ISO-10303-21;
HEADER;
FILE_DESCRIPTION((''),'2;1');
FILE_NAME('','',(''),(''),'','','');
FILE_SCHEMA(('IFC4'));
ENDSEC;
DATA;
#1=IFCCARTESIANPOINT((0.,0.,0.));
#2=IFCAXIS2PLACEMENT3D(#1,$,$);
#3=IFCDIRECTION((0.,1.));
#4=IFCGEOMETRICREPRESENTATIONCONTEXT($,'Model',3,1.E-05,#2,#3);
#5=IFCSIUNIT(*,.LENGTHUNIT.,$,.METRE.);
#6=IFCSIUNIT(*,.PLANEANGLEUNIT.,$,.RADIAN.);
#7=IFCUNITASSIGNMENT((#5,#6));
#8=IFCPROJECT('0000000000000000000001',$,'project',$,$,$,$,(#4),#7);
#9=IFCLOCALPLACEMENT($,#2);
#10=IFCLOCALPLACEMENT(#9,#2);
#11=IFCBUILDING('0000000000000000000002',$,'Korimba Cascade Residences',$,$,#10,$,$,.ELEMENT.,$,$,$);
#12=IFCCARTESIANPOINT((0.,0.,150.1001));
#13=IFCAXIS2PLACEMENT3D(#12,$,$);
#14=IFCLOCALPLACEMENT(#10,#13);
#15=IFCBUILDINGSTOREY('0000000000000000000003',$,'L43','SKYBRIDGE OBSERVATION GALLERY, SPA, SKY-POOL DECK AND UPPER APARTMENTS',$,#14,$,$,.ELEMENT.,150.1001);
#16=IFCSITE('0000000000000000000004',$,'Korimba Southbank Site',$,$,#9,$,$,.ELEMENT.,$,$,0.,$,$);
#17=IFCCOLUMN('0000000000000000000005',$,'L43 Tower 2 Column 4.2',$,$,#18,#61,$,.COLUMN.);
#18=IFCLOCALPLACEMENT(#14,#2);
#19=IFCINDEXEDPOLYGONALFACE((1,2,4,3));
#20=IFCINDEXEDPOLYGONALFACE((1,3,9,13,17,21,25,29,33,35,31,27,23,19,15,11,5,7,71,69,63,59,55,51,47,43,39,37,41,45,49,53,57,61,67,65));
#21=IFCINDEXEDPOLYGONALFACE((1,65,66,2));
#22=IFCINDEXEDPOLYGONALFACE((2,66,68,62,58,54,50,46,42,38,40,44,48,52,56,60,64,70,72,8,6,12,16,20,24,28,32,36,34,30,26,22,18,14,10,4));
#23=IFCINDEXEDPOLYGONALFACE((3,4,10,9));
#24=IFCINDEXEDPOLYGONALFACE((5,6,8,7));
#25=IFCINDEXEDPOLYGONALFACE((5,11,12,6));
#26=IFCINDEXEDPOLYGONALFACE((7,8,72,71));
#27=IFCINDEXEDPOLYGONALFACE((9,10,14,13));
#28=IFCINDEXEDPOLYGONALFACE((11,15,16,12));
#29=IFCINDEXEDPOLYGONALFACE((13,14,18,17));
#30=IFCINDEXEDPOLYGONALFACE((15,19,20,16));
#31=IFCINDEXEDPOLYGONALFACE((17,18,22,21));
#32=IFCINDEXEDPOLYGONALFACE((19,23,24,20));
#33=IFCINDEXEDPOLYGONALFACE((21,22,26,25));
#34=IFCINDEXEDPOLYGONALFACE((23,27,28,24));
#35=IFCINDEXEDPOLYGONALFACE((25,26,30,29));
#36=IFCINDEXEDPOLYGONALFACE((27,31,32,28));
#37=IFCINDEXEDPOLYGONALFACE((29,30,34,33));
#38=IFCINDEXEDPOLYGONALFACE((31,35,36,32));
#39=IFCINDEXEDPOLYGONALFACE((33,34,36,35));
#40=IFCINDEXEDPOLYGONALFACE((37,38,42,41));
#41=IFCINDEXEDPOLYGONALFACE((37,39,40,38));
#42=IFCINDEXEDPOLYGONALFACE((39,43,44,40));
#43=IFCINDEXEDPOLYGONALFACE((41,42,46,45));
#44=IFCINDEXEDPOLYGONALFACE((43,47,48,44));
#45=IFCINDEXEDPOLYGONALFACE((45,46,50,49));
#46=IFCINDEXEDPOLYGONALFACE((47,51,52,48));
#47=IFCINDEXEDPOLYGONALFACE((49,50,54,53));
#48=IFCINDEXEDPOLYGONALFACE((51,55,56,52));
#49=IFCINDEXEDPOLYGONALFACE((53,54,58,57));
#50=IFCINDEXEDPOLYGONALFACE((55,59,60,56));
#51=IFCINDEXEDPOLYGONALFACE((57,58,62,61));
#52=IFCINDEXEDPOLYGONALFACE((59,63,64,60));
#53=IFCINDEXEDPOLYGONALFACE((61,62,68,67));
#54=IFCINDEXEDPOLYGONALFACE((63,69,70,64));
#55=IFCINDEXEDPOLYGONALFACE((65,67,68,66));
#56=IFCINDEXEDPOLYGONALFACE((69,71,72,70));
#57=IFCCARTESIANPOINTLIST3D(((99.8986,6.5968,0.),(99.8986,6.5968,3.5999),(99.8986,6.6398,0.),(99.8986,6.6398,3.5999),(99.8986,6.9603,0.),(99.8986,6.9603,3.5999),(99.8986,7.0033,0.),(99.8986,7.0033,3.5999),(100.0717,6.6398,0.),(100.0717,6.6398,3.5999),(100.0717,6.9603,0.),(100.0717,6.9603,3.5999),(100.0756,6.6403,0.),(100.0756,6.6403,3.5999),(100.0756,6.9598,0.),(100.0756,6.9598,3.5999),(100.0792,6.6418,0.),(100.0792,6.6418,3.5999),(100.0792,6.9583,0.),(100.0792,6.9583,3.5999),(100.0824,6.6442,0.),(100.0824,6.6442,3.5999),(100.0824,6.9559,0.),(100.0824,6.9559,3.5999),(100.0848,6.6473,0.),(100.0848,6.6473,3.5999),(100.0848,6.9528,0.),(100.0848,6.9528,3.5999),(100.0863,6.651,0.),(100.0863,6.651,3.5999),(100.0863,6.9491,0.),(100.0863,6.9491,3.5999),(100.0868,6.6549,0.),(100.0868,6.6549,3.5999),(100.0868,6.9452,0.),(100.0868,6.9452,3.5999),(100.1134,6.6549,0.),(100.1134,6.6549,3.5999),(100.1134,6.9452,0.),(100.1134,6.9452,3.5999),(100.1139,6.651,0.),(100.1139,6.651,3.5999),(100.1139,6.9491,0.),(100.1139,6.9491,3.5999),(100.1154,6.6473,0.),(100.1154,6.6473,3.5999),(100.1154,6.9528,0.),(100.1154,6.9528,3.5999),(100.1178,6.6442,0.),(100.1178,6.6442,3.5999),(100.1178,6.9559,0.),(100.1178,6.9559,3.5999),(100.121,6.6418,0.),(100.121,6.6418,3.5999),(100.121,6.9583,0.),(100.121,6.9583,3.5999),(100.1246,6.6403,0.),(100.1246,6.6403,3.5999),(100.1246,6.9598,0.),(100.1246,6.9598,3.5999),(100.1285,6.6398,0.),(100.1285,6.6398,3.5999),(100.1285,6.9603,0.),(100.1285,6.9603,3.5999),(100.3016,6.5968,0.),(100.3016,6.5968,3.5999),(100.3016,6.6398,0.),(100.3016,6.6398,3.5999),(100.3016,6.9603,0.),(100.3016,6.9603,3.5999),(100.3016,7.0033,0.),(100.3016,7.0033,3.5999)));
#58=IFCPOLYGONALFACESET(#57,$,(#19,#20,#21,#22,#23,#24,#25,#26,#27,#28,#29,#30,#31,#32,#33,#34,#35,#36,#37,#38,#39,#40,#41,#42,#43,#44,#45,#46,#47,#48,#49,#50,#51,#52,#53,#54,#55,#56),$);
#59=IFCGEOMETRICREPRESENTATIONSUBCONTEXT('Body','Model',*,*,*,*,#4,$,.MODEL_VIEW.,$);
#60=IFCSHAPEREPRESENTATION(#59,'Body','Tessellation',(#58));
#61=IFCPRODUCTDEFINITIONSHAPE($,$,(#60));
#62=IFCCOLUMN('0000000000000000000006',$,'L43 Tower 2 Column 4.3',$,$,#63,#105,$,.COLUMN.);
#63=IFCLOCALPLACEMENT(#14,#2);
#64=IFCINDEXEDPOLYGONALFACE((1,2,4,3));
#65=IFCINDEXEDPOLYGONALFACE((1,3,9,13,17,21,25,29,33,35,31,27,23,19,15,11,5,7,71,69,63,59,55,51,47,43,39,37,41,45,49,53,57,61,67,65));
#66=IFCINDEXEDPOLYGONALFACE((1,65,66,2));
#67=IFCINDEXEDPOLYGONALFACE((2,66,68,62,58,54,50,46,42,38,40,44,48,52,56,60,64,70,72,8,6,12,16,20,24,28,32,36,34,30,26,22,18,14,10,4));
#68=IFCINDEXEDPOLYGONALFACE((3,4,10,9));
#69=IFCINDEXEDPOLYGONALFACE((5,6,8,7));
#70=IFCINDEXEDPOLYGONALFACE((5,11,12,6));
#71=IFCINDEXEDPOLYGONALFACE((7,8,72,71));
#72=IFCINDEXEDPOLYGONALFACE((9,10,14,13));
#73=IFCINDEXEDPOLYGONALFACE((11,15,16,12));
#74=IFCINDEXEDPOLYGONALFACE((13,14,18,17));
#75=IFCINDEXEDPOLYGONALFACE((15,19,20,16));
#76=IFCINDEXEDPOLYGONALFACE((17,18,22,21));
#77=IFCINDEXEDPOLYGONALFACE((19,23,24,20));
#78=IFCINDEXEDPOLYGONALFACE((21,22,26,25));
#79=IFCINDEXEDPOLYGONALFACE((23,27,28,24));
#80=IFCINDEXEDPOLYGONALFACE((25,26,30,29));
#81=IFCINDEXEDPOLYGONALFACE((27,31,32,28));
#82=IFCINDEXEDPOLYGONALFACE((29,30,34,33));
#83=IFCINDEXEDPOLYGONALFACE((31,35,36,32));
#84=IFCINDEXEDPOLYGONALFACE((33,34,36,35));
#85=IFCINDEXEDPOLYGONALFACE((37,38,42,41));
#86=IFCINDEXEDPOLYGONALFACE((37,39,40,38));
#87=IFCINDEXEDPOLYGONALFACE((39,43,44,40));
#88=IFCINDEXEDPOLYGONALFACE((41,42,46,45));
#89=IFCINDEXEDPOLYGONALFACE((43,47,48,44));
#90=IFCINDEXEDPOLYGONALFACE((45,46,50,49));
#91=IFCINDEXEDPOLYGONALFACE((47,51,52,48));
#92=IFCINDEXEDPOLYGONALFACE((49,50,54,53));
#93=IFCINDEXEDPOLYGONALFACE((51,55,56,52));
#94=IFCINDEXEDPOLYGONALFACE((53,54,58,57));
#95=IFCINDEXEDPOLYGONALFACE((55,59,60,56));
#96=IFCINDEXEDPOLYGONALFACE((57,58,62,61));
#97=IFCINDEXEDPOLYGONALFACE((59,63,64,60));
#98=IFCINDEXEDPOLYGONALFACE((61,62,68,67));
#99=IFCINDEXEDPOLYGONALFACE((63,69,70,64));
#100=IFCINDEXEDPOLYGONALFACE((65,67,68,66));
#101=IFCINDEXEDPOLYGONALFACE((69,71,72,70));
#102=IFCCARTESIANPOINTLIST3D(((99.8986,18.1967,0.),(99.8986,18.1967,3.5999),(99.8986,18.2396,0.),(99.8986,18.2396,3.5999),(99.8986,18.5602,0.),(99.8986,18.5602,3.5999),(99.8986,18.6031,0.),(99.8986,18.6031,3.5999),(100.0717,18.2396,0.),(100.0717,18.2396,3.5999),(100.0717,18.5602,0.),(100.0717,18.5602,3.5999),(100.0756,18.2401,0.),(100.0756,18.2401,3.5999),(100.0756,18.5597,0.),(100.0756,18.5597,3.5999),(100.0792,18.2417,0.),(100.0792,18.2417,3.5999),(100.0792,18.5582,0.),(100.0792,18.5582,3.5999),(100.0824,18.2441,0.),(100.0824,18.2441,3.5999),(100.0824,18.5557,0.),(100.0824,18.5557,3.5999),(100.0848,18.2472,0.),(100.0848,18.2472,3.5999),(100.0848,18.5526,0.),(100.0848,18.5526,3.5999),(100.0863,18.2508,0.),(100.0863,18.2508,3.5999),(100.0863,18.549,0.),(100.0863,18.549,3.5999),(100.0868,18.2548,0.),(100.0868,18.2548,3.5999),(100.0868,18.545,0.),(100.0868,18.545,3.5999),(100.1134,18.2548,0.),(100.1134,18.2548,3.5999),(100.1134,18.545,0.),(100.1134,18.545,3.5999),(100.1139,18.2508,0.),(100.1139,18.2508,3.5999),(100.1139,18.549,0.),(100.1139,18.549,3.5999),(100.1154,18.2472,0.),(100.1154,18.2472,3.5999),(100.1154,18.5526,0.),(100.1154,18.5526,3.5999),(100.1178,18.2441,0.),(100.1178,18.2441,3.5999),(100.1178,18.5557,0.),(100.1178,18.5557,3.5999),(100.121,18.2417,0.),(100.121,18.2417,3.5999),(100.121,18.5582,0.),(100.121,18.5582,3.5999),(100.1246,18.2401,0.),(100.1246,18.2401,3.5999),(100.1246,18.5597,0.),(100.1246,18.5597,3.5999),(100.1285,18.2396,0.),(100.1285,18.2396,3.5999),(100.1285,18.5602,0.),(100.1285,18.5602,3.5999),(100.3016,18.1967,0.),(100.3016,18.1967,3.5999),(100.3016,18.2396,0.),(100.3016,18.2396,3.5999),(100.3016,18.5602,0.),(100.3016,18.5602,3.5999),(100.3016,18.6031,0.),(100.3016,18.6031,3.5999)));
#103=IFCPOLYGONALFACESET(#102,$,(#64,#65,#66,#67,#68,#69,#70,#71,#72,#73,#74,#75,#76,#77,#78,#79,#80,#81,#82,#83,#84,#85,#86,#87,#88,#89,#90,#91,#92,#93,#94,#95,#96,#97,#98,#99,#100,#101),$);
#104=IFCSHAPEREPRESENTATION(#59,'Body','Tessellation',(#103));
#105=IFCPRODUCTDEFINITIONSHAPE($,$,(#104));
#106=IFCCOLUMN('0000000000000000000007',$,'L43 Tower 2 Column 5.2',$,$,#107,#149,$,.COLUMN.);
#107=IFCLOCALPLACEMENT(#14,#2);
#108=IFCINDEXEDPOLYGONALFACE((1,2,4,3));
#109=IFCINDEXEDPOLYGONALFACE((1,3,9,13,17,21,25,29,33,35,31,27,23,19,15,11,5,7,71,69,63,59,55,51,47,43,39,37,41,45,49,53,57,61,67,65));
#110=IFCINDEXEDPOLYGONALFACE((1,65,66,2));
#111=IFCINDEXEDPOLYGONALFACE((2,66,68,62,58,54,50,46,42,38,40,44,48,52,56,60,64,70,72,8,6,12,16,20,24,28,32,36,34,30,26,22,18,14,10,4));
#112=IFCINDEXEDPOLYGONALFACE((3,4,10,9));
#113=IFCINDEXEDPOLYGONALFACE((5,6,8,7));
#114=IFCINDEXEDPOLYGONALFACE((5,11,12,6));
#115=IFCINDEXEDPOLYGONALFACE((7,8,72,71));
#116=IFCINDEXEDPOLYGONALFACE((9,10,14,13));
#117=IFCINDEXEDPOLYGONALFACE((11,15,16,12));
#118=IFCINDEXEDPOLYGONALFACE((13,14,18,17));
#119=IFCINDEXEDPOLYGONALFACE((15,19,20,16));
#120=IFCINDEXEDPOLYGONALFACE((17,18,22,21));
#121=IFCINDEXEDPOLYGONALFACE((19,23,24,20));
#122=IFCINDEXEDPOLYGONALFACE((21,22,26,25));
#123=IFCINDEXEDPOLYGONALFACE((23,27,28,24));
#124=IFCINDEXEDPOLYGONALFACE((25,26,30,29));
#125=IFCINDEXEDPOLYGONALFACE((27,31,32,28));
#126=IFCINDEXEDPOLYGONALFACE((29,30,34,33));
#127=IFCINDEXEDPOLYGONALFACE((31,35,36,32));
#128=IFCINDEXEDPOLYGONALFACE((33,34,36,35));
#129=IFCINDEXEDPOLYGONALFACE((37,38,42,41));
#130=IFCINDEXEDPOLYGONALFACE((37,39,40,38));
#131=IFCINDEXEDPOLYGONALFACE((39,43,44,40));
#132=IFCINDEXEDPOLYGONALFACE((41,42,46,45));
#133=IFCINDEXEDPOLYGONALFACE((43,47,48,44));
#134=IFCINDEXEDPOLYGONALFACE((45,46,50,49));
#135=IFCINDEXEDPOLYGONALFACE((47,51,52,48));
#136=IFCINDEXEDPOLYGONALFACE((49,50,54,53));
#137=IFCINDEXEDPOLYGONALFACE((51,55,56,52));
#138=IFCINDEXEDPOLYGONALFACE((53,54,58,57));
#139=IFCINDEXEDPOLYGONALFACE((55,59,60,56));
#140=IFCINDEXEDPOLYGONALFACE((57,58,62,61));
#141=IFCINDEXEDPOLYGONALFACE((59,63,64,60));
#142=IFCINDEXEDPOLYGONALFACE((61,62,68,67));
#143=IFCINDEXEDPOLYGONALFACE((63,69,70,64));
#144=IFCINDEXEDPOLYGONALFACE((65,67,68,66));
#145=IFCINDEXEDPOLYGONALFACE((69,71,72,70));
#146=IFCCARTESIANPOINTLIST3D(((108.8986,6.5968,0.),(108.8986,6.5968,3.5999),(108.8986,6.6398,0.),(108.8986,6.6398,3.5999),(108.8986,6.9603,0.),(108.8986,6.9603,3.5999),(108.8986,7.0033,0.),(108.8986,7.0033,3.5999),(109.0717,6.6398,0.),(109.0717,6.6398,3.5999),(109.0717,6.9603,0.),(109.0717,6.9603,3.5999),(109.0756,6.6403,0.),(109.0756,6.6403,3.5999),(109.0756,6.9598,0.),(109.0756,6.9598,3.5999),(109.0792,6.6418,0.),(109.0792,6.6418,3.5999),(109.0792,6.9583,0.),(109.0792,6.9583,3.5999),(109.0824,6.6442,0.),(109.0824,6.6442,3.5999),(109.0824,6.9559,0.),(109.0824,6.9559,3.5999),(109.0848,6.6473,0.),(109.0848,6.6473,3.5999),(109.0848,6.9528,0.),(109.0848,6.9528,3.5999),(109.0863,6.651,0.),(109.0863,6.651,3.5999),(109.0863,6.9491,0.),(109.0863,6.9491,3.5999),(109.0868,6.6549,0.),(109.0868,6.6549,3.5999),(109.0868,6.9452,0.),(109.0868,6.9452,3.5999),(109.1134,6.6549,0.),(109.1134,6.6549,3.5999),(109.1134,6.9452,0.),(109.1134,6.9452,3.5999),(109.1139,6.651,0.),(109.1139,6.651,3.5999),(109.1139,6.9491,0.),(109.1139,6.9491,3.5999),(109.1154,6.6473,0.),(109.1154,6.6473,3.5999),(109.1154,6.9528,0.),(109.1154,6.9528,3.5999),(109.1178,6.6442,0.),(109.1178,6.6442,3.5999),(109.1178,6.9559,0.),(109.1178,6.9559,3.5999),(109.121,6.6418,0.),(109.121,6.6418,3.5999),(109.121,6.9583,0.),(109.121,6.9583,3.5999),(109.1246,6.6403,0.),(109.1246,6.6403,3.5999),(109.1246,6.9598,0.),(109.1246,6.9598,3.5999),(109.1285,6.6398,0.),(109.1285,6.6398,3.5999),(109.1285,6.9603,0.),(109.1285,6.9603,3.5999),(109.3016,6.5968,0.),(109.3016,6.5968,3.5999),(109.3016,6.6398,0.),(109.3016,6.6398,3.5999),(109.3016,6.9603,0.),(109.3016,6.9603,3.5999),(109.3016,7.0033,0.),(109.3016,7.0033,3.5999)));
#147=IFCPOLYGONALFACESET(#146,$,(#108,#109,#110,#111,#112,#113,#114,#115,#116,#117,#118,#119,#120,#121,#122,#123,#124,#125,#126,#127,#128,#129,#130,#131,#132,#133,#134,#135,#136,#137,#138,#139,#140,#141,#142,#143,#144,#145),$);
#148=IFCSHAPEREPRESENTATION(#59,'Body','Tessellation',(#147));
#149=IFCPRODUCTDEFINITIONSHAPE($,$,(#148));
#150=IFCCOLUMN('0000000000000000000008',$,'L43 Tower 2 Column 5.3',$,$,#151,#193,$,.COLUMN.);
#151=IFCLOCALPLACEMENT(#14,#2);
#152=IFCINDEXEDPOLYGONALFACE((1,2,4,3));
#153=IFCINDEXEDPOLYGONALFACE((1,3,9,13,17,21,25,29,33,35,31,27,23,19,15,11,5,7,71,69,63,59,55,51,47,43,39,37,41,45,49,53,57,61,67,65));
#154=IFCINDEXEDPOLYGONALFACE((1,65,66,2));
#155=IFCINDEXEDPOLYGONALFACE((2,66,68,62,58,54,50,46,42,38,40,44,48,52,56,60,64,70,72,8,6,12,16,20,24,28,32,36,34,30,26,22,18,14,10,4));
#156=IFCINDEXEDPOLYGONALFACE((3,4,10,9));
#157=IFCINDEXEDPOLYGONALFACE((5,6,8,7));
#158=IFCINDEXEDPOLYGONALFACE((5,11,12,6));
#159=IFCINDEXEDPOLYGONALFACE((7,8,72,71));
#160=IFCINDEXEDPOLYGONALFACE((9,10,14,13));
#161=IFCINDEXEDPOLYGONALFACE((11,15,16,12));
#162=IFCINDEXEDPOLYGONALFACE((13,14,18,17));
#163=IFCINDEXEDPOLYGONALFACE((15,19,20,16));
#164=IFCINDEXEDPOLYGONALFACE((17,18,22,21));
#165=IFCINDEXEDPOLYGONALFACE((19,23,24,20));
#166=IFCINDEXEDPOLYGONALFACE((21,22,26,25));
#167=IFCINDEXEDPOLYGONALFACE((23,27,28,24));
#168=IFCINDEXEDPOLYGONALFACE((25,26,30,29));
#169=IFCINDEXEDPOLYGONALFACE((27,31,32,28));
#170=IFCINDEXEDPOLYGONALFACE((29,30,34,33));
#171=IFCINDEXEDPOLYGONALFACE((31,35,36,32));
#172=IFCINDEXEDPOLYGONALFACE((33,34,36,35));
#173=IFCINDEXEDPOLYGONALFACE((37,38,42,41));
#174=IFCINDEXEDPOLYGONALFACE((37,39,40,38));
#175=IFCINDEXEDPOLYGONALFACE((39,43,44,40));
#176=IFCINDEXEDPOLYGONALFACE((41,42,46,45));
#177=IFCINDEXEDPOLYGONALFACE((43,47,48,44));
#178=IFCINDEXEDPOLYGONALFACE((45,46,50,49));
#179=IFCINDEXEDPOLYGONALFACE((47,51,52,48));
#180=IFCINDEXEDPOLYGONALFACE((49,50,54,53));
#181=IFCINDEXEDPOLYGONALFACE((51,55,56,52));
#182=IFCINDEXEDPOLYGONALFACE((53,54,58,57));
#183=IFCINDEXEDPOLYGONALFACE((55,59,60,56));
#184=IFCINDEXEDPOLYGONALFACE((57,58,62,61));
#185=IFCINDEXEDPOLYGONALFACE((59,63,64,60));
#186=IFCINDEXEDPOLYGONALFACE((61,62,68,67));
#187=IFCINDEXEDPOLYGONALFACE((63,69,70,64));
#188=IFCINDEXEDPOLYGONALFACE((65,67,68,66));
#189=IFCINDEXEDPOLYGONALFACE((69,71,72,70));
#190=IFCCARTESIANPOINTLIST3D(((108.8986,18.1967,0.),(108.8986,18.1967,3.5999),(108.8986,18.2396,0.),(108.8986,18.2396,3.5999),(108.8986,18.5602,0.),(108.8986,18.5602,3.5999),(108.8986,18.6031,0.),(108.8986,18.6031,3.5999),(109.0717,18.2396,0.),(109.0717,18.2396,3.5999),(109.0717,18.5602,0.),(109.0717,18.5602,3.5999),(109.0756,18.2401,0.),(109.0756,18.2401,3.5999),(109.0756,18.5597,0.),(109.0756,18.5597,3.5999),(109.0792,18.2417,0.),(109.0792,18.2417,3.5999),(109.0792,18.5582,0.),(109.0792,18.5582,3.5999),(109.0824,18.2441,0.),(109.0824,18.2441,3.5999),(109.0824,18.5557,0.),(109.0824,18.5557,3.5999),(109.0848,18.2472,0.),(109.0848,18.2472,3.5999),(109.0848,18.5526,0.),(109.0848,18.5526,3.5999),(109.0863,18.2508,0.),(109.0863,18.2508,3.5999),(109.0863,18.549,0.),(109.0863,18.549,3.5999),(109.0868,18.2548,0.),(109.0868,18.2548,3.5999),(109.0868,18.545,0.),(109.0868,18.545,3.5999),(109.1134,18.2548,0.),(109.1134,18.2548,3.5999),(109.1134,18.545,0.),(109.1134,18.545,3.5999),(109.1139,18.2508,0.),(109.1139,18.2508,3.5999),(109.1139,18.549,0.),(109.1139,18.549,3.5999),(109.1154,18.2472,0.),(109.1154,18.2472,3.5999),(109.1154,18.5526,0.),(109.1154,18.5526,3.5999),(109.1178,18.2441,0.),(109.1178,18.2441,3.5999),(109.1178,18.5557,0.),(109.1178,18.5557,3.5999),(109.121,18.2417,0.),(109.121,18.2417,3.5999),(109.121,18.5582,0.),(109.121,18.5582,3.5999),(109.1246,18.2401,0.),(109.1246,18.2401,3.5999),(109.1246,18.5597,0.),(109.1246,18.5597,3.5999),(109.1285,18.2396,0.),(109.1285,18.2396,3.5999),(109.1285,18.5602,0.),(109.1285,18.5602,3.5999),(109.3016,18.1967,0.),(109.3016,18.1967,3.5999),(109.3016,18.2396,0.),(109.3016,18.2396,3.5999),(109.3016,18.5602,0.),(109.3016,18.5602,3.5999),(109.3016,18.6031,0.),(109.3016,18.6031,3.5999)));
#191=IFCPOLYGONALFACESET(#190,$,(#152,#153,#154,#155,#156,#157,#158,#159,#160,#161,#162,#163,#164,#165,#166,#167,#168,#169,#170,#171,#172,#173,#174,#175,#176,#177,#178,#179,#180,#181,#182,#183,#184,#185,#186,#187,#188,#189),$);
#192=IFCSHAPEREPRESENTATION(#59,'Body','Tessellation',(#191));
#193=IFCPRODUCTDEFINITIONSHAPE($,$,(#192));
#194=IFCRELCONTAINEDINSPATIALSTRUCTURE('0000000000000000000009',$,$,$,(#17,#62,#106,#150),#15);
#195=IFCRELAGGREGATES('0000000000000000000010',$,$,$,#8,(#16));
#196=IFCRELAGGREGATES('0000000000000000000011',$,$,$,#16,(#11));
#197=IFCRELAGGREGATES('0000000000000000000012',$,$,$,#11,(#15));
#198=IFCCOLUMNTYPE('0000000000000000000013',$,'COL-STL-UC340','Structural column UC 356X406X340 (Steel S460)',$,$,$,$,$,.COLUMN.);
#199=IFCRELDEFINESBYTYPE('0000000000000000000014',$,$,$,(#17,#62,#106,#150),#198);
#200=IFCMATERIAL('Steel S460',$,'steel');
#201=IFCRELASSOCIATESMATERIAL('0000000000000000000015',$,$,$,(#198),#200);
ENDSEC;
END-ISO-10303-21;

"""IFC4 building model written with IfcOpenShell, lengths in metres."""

from ifc_helpers import new_model, si_unit, direction, frame, origin, origin_2d, place, context, subcontext, project, spatial, i_section, extrude, material, material_profile, profile_set, type_object, element, save


model = new_model("IFC4")

# Units and contexts
model_context = context("Model", 3, precision=1e-05, world=origin(), true_north=direction((0.0, 1.0)))
body_context = subcontext(model_context, "Body", "Model", "MODEL_VIEW")
ifc_project = project(units=[si_unit("LENGTHUNIT", "METRE"), si_unit("PLANEANGLEUNIT", "RADIAN")], contexts=[model_context])

# Site, building, storey
site_placement = place(None, origin())
site = spatial("IfcSite", under=ifc_project, at=site_placement, Name="Korimba Southbank Site", CompositionType="ELEMENT", RefElevation=0.0)
building_placement = place(site_placement, origin())
building = spatial("IfcBuilding", under=site, at=building_placement, Name="Korimba Cascade Residences", CompositionType="ELEMENT")
storey_placement = place(building_placement, frame((0.0, 0.0, 150.1001)))
storey = spatial("IfcBuildingStorey", under=building, at=storey_placement, Name="L43", Description="SKYBRIDGE OBSERVATION GALLERY, SPA, SKY-POOL DECK AND UPPER APARTMENTS", CompositionType="ELEMENT", Elevation=150.1001)

# Columns
ifc_material_1 = material(Name="Steel S460", Category="steel")
ifc_material_profile_1 = material_profile(ifc_material_1, i_section(OverallWidth=0.4031, OverallDepth=0.4065, WebThickness=0.0266, FlangeThickness=0.043, FilletRadius=0.0151, at=origin_2d()), Name="Steel S460")
ifc_profile_set_1 = profile_set([ifc_material_profile_1], Name="Steel S460")
column_type = type_object("IfcColumnType", Name="COL-STL-UC340", Description="Structural column UC 356X406X340 (Steel S460)", PredefinedType="COLUMN", material=ifc_profile_set_1)
for number, where, z_axis, x_axis, name in (
    (1, (100.1001, 6.8, 0.0), (0.0, 0.0, 1.0), (1.0, 0.0, 0.0), "L43 Tower 2 Column 4.2"),
    (2, (100.1001, 18.3999, 0.0), (0.0, 0.0, 1.0), (1.0, 0.0, 0.0), "L43 Tower 2 Column 4.3"),
    (3, (109.1001, 6.8, 0.0), (0.0, 0.0, 1.0), (1.0, 0.0, 0.0), "L43 Tower 2 Column 5.2"),
    (4, (109.1001, 18.3999, 0.0), (0.0, 0.0, 1.0), (1.0, 0.0, 0.0), "L43 Tower 2 Column 5.3"),
):
    element("IfcColumn", number, at=place(storey_placement, frame(where, z_axis=z_axis, x_axis=x_axis)), inside=storey, type_object=column_type, Name=name, PredefinedType="COLUMN", context=body_context, shape_type="SweptSolid", body=[
        extrude(i_section(OverallWidth=0.4031, OverallDepth=0.4065, WebThickness=0.0266, FlangeThickness=0.043, FilletRadius=0.0151, at=origin_2d()), origin(), (0.0, 0.0, 1.0), 3.5999),
    ])

save(model, "model.ifc")
